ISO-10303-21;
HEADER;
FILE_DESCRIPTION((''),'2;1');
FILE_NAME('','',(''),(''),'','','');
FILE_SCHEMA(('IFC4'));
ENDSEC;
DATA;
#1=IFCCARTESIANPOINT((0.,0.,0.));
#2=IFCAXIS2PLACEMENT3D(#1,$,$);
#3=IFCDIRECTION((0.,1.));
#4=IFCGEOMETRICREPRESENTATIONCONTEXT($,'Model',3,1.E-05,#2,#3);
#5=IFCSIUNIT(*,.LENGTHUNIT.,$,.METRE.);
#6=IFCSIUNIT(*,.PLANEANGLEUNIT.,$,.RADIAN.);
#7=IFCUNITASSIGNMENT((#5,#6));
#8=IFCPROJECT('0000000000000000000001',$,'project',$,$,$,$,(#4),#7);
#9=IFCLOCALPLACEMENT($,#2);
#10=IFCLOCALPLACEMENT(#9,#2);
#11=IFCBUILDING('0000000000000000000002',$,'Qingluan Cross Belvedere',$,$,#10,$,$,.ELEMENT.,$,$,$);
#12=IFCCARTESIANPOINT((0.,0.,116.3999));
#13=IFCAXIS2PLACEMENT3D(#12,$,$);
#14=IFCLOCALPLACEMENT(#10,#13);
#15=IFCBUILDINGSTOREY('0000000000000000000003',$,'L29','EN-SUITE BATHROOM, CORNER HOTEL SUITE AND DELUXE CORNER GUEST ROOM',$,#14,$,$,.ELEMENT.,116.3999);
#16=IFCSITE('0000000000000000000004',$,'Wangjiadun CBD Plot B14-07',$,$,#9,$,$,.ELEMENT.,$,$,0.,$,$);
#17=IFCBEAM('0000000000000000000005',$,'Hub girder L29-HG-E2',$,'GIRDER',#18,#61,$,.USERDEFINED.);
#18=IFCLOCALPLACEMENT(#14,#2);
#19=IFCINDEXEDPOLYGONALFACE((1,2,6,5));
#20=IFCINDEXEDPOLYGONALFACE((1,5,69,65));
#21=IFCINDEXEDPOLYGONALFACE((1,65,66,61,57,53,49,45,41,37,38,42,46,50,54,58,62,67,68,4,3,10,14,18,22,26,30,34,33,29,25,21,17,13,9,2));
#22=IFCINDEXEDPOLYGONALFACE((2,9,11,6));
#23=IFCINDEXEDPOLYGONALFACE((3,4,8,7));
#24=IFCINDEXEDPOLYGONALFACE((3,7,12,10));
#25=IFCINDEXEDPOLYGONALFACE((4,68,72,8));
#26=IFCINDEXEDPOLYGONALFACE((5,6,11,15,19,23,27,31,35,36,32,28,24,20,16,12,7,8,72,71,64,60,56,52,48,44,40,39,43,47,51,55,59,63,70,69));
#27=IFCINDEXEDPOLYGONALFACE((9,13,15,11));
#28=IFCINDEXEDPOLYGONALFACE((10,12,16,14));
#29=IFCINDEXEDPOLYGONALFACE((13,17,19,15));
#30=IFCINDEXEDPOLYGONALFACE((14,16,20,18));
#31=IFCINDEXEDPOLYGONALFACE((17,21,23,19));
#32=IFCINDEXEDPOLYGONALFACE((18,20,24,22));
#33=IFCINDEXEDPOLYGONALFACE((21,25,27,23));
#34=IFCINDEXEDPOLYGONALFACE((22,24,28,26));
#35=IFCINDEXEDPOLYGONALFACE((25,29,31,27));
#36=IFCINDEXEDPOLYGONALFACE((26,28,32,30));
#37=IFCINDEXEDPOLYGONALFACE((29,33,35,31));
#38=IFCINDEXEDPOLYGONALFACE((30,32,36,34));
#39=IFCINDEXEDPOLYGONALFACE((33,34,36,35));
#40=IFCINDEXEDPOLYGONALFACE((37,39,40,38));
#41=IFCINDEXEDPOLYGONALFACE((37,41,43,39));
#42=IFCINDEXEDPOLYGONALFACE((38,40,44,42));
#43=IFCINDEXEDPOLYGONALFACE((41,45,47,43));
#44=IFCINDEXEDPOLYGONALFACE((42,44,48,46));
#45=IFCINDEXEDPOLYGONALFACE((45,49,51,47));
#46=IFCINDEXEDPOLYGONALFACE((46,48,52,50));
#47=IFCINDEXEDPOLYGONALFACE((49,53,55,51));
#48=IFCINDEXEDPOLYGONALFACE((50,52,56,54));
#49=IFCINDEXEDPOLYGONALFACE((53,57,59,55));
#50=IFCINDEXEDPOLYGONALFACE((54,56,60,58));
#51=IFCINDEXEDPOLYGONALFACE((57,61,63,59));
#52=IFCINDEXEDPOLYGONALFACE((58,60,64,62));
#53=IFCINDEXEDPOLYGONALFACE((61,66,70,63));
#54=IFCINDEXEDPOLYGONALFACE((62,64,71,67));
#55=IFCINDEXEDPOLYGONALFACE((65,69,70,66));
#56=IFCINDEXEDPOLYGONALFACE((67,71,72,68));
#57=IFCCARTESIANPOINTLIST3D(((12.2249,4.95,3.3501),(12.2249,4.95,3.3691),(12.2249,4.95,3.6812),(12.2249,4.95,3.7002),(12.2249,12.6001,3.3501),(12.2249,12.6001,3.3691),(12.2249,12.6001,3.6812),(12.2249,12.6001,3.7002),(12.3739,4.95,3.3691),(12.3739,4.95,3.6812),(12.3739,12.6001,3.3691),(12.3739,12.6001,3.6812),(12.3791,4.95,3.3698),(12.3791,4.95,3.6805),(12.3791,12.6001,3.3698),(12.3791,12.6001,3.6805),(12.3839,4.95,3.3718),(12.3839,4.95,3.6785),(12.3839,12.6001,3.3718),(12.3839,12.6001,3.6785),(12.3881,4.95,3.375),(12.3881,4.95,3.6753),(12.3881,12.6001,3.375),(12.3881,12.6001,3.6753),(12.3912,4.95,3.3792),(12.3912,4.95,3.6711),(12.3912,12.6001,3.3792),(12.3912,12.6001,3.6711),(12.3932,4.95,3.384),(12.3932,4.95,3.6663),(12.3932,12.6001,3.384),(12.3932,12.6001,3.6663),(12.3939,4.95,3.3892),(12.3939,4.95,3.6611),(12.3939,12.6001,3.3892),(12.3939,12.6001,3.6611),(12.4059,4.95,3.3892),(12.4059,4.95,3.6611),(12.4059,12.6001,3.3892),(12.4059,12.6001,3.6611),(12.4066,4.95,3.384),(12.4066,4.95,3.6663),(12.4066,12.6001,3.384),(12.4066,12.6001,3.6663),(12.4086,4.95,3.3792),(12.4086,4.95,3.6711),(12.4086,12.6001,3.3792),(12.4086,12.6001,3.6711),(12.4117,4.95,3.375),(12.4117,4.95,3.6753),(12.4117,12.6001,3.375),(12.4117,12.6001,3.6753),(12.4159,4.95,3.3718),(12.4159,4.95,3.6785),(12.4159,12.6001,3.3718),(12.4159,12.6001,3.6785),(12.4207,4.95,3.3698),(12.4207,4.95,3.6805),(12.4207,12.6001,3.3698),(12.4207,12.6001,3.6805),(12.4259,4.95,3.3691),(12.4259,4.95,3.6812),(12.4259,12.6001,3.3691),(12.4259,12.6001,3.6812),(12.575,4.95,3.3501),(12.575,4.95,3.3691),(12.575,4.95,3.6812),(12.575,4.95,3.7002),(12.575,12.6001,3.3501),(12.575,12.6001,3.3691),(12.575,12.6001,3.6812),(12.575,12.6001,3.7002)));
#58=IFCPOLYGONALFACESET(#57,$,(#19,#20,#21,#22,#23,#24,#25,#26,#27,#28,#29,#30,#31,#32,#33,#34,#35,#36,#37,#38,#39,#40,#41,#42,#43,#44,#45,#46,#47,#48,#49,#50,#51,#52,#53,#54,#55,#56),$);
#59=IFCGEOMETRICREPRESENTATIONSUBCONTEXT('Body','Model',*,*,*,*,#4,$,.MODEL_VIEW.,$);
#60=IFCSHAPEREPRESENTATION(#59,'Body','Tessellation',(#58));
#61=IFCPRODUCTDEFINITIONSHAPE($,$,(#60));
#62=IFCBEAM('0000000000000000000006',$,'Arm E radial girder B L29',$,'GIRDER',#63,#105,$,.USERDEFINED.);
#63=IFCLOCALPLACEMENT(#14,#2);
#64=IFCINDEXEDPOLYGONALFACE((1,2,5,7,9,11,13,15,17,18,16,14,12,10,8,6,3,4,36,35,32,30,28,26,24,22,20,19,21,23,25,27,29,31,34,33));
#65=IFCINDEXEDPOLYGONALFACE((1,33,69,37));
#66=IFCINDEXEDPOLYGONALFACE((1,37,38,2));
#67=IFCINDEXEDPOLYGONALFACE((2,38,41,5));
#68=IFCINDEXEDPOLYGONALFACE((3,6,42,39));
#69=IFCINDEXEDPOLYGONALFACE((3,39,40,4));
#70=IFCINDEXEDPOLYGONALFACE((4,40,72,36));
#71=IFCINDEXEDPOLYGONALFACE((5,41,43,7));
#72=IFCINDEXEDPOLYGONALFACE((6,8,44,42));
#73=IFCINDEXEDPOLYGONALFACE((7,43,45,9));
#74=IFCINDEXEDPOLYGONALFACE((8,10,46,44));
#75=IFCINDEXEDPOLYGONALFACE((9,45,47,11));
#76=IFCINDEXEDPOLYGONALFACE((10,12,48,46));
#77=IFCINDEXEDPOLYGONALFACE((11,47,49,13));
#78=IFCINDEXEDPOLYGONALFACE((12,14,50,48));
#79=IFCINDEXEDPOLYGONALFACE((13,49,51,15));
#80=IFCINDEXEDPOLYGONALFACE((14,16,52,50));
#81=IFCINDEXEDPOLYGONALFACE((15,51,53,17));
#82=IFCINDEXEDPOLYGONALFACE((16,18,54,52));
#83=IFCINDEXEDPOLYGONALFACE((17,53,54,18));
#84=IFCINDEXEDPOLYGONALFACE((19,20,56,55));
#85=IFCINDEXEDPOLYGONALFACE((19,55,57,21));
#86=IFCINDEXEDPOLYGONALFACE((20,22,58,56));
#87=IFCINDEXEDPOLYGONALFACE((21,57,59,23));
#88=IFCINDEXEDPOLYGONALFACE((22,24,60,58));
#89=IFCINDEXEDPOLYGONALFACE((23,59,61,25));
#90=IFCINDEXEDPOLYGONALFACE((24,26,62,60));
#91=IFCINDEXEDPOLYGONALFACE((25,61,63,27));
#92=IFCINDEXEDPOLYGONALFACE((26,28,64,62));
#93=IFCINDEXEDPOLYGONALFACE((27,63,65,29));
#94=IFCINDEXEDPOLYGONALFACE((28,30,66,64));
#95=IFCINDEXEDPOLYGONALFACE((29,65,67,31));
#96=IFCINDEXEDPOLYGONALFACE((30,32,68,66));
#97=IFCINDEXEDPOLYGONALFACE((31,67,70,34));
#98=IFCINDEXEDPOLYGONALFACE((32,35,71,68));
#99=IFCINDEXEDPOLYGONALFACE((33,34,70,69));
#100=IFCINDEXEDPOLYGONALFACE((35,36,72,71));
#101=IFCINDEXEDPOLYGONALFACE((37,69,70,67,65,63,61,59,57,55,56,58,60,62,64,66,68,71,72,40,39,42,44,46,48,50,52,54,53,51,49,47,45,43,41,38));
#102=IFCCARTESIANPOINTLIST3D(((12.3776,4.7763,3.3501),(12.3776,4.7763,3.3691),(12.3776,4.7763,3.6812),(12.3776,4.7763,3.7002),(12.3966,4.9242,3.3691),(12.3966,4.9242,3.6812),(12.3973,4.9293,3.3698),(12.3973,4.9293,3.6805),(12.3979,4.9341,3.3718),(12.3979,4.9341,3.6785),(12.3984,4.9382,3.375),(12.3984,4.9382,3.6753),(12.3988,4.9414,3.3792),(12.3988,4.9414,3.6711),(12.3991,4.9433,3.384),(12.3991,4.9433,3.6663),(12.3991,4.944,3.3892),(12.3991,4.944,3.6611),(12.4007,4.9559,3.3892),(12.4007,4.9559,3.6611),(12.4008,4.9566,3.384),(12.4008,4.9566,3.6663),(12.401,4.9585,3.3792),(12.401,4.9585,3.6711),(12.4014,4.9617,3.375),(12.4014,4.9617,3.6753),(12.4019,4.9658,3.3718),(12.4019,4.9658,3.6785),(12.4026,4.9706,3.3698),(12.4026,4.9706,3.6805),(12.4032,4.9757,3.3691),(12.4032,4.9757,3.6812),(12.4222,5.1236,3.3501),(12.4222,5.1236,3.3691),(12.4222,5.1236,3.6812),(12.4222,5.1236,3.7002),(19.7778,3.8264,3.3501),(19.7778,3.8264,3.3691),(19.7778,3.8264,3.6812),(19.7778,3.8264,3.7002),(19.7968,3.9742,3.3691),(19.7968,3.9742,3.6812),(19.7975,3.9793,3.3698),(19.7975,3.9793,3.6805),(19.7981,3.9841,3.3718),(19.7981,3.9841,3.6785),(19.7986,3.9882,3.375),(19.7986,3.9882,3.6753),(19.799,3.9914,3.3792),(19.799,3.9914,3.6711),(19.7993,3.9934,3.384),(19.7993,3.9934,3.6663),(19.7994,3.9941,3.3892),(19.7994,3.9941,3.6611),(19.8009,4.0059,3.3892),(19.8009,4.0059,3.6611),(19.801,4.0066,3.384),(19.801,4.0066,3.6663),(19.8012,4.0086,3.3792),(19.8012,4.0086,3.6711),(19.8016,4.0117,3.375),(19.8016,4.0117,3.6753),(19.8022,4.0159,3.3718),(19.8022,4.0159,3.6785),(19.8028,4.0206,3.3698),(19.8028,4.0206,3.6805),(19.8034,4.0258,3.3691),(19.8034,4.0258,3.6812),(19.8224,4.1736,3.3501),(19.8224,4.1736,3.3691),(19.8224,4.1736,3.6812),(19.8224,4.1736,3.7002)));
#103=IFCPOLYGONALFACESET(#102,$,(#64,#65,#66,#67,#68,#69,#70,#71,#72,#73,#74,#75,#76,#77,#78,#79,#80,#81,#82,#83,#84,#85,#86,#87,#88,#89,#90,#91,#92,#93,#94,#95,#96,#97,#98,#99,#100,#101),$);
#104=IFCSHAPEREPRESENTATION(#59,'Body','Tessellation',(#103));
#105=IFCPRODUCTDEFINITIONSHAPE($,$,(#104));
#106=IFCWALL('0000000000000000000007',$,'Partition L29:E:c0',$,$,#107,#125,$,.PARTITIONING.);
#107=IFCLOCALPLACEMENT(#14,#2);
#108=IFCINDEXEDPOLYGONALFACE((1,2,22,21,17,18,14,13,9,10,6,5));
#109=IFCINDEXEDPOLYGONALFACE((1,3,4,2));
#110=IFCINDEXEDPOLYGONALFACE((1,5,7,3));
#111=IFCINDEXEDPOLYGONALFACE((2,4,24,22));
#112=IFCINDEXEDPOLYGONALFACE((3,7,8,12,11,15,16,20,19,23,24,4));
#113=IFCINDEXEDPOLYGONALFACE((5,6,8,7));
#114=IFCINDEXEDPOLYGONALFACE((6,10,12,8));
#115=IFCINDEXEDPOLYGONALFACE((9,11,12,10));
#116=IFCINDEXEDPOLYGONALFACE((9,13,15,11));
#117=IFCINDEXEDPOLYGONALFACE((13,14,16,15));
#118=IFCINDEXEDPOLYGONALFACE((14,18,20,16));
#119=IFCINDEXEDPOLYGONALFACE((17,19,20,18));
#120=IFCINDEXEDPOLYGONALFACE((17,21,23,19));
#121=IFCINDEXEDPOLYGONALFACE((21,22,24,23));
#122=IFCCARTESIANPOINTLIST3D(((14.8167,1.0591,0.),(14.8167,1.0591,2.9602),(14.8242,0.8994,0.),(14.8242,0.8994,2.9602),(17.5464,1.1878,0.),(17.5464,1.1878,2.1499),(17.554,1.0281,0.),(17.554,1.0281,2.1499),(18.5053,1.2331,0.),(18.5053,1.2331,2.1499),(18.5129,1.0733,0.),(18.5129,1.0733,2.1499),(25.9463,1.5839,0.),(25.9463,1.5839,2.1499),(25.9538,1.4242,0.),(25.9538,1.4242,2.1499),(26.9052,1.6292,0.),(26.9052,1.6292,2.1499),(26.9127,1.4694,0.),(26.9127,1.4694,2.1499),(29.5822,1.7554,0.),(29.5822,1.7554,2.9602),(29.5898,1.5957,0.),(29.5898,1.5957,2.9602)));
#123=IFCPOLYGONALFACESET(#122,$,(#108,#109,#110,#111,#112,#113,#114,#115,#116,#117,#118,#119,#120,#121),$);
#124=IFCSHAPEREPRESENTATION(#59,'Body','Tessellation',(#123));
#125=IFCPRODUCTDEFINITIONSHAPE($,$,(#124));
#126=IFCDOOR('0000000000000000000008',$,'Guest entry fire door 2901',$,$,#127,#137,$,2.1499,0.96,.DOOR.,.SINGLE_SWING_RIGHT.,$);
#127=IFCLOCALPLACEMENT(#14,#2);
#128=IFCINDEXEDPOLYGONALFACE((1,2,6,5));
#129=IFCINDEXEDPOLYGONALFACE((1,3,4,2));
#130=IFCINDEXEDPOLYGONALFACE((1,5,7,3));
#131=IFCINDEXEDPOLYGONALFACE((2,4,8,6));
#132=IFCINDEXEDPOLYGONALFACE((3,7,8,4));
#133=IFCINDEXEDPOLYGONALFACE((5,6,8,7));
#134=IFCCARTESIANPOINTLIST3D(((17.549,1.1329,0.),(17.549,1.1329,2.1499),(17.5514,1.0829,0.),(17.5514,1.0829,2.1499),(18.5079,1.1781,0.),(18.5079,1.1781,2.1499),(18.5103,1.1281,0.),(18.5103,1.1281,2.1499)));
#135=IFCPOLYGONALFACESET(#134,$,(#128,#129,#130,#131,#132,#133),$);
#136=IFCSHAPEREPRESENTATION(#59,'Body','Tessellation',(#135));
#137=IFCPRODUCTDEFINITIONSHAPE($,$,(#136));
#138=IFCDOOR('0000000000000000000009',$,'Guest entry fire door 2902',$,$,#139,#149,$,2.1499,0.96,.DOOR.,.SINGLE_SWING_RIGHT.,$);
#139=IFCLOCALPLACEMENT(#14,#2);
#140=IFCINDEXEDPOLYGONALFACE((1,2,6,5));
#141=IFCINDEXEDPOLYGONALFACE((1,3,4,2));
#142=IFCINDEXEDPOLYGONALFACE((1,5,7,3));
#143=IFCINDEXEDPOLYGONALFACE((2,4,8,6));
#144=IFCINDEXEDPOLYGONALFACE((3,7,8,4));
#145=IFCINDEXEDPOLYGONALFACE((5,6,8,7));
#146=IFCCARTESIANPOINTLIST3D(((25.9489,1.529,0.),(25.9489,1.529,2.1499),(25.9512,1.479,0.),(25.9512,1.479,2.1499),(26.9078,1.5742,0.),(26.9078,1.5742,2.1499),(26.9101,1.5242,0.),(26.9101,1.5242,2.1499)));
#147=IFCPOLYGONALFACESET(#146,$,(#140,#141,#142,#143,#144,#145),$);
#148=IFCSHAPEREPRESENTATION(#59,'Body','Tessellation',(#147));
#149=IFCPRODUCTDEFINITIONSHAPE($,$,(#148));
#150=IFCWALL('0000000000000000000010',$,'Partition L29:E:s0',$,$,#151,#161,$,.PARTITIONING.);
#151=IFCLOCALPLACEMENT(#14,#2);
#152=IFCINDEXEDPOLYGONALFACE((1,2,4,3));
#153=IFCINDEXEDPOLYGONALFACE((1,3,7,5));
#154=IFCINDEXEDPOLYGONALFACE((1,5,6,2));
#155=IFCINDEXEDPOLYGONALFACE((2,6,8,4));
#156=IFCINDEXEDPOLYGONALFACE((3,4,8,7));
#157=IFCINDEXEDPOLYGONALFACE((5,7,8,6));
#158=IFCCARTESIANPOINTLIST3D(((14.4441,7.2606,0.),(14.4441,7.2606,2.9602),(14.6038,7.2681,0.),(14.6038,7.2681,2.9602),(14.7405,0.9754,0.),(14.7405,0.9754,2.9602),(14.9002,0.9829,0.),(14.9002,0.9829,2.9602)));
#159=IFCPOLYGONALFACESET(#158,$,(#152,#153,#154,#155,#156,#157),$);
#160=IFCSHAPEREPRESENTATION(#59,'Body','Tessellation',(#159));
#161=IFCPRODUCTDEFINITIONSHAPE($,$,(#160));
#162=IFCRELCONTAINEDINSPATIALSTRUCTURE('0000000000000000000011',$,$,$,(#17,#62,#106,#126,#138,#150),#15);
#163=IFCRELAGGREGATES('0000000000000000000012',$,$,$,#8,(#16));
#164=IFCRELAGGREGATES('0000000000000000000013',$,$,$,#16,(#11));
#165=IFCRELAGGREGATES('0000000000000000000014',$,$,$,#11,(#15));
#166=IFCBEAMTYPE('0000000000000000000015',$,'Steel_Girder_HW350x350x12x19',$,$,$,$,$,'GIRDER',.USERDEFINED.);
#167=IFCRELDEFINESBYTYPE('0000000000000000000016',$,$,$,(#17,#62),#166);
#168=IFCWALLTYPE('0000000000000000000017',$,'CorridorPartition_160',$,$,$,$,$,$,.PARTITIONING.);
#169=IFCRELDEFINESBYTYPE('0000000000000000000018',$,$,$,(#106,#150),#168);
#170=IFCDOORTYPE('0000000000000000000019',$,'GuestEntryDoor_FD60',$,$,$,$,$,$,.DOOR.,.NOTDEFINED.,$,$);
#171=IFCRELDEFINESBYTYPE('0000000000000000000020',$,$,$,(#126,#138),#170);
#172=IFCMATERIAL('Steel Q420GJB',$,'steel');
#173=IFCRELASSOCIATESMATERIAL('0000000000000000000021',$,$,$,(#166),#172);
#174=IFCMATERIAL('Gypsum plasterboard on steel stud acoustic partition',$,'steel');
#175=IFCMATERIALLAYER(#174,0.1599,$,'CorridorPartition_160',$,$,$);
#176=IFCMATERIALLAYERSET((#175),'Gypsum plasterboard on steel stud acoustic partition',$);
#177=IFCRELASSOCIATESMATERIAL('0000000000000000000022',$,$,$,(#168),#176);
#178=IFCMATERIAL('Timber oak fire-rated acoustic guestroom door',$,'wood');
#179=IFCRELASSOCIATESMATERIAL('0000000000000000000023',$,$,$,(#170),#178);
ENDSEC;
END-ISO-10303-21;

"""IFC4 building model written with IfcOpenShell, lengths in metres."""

from ifc_helpers import new_model, si_unit, direction, frame, frame_2d, origin, origin_2d, place, context, subcontext, project, spatial, rectangle, i_section, extrude, material, layer, layer_set, material_profile, profile_set, type_object, element, fill, save


model = new_model("IFC4")

# Units and contexts
model_context = context("Model", 3, precision=1e-05, world=origin(), true_north=direction((0.0, 1.0)))
body_context = subcontext(model_context, "Body", "Model", "MODEL_VIEW")
ifc_project = project(units=[si_unit("LENGTHUNIT", "METRE"), si_unit("PLANEANGLEUNIT", "RADIAN")], contexts=[model_context])

# Site, building, storey
site_placement = place(None, origin())
site = spatial("IfcSite", under=ifc_project, at=site_placement, Name="Wangjiadun CBD Plot B14-07", CompositionType="ELEMENT", RefElevation=0.0)
building_placement = place(site_placement, origin())
building = spatial("IfcBuilding", under=site, at=building_placement, Name="Qingluan Cross Belvedere", CompositionType="ELEMENT")
storey_placement = place(building_placement, frame((0.0, 0.0, 116.3999)))
storey = spatial("IfcBuildingStorey", under=building, at=storey_placement, Name="L29", Description="EN-SUITE BATHROOM, CORNER HOTEL SUITE AND DELUXE CORNER GUEST ROOM", CompositionType="ELEMENT", Elevation=116.3999)

# Beams
ifc_material_1 = material(Name="Steel Q420GJB", Category="steel")
ifc_material_profile = material_profile(ifc_material_1, i_section(OverallWidth=0.3501, OverallDepth=0.3501, WebThickness=0.012, FlangeThickness=0.019, FilletRadius=0.02, at=origin_2d()), Name="HW350x350x12x19")
ifc_profile_set = profile_set([ifc_material_profile], Name="Steel Q420GJB")
beam_type = type_object("IfcBeamType", Name="Steel_Girder_HW350x350x12x19", ElementType="GIRDER", PredefinedType="USERDEFINED", material=ifc_profile_set)
beam_1_placement = place(storey_placement, frame((12.3999, 4.95, 3.5251), z_axis=(0.0, 1.0, 0.0), x_axis=(-1.0, 0.0, 0.0)))
element("IfcBeam", 1, at=beam_1_placement, inside=storey, type_object=beam_type, Name="Hub girder L29-HG-E2", ObjectType="GIRDER", PredefinedType="USERDEFINED", context=body_context, shape_type="SweptSolid", body=[
    extrude(i_section(OverallWidth=0.3501, OverallDepth=0.3501, WebThickness=0.012, FlangeThickness=0.019, FilletRadius=0.02, at=origin_2d()), origin(), (0.0, 0.0, 1.0), 7.6501),
])
beam_2_placement = place(storey_placement, frame((12.3999, 4.95, 3.5251), z_axis=(0.991861, -0.127324, 0.0), x_axis=(0.127324, 0.991861, 0.0)))
element("IfcBeam", 2, at=beam_2_placement, inside=storey, type_object=beam_type, Name="Arm E radial girder B L29", ObjectType="GIRDER", PredefinedType="USERDEFINED", context=body_context, shape_type="SweptSolid", body=[
    extrude(i_section(OverallWidth=0.3501, OverallDepth=0.3501, WebThickness=0.012, FlangeThickness=0.019, FilletRadius=0.02, at=origin_2d()), origin(), (0.0, 0.0, 1.0), 7.4609),
])

# Wall, openings, doors
ifc_material_2 = material(Name="Gypsum plasterboard on steel stud acoustic partition", Category="steel")
ifc_layer_1 = layer(ifc_material_2, 0.1599, Name="CorridorPartition_160")
ifc_layer_set_1 = layer_set([ifc_layer_1], Name="Gypsum plasterboard on steel stud acoustic partition")
wall_type_1 = type_object("IfcWallType", Name="CorridorPartition_160", PredefinedType="PARTITIONING", material=ifc_layer_set_1)
wall_1_placement = place(storey_placement, frame((14.8203, 0.9792, 0.0), z_axis=(0.0, 0.0, 1.0), x_axis=(0.99889, 0.047104, 0.0)))
wall_1 = element("IfcWall", 3, at=wall_1_placement, inside=storey, type_object=wall_type_1, Name="Partition L29:E:c0", PredefinedType="PARTITIONING", context=body_context, shape_type="SweptSolid", body=[
    extrude(rectangle(XDim=14.782, YDim=0.1599, at=frame_2d((7.3911, 0.0))), origin(), (0.0, 0.0, 1.0), 2.9602),
])
opening_1_placement = place(wall_1_placement, frame((2.7329, 0.0, 0.0)))
opening_1 = element("IfcOpeningElement", 4, at=opening_1_placement, cuts=wall_1, PredefinedType="OPENING", context=body_context, shape_type="SweptSolid", body=[
    extrude(rectangle(XDim=0.96, YDim=2.1499, at=frame_2d((0.48, 1.075))), frame((0.0, 0.0898, 0.0), z_axis=(0.0, -1.0, 0.0), x_axis=(1.0, 0.0, 0.0)), (0.0, 0.0, 1.0), 0.1799),
])
opening_2_placement = place(wall_1_placement, frame((11.1421, 0.0, 0.0)))
opening_2 = element("IfcOpeningElement", 5, at=opening_2_placement, cuts=wall_1, PredefinedType="OPENING", context=body_context, shape_type="SweptSolid", body=[
    extrude(rectangle(XDim=0.96, YDim=2.1499, at=frame_2d((0.48, 1.075))), frame((0.0, 0.0898, 0.0), z_axis=(0.0, -1.0, 0.0), x_axis=(1.0, 0.0, 0.0)), (0.0, 0.0, 1.0), 0.1799),
])
ifc_material_3 = material(Name="Timber oak fire-rated acoustic guestroom door", Category="wood")
door_type_1 = type_object("IfcDoorType", Name="GuestEntryDoor_FD60", OperationType="NOTDEFINED", PredefinedType="DOOR", material=ifc_material_3)
door_1_placement = place(opening_1_placement, origin())
door_1 = element("IfcDoor", 6, at=door_1_placement, inside=storey, type_object=door_type_1, Name="Guest entry fire door 2901", OperationType="SINGLE_SWING_RIGHT", OverallHeight=2.1499, OverallWidth=0.96, PredefinedType="DOOR", context=body_context, shape_type="SweptSolid", body=[
    extrude(rectangle(XDim=0.96, YDim=2.1499, at=frame_2d((0.48, 1.075))), frame((0.0, 0.0249, 0.0), z_axis=(0.0, -1.0, 0.0), x_axis=(1.0, 0.0, 0.0)), (0.0, 0.0, 1.0), 0.05),
])
fill(opening_1, door_1)
door_2_placement = place(opening_2_placement, origin())
door_2 = element("IfcDoor", 7, at=door_2_placement, inside=storey, type_object=door_type_1, Name="Guest entry fire door 2902", OperationType="SINGLE_SWING_RIGHT", OverallHeight=2.1499, OverallWidth=0.96, PredefinedType="DOOR", context=body_context, shape_type="SweptSolid", body=[
    extrude(rectangle(XDim=0.96, YDim=2.1499, at=frame_2d((0.48, 1.075))), frame((0.0, 0.0249, 0.0), z_axis=(0.0, -1.0, 0.0), x_axis=(1.0, 0.0, 0.0)), (0.0, 0.0, 1.0), 0.05),
])
fill(opening_2, door_2)

# Wall
wall_2_placement = place(storey_placement, frame((14.8203, 0.9792, 0.0), z_axis=(0.0, 0.0, 1.0), x_axis=(-0.047104, 0.99889, 0.0)))
element("IfcWall", 8, at=wall_2_placement, inside=storey, type_object=wall_type_1, Name="Partition L29:E:s0", PredefinedType="PARTITIONING", context=body_context, shape_type="SweptSolid", body=[
    extrude(rectangle(XDim=6.2922, YDim=0.1599, at=frame_2d((3.146, 0.0))), origin(), (0.0, 0.0, 1.0), 2.9602),
])

save(model, "model.ifc")
